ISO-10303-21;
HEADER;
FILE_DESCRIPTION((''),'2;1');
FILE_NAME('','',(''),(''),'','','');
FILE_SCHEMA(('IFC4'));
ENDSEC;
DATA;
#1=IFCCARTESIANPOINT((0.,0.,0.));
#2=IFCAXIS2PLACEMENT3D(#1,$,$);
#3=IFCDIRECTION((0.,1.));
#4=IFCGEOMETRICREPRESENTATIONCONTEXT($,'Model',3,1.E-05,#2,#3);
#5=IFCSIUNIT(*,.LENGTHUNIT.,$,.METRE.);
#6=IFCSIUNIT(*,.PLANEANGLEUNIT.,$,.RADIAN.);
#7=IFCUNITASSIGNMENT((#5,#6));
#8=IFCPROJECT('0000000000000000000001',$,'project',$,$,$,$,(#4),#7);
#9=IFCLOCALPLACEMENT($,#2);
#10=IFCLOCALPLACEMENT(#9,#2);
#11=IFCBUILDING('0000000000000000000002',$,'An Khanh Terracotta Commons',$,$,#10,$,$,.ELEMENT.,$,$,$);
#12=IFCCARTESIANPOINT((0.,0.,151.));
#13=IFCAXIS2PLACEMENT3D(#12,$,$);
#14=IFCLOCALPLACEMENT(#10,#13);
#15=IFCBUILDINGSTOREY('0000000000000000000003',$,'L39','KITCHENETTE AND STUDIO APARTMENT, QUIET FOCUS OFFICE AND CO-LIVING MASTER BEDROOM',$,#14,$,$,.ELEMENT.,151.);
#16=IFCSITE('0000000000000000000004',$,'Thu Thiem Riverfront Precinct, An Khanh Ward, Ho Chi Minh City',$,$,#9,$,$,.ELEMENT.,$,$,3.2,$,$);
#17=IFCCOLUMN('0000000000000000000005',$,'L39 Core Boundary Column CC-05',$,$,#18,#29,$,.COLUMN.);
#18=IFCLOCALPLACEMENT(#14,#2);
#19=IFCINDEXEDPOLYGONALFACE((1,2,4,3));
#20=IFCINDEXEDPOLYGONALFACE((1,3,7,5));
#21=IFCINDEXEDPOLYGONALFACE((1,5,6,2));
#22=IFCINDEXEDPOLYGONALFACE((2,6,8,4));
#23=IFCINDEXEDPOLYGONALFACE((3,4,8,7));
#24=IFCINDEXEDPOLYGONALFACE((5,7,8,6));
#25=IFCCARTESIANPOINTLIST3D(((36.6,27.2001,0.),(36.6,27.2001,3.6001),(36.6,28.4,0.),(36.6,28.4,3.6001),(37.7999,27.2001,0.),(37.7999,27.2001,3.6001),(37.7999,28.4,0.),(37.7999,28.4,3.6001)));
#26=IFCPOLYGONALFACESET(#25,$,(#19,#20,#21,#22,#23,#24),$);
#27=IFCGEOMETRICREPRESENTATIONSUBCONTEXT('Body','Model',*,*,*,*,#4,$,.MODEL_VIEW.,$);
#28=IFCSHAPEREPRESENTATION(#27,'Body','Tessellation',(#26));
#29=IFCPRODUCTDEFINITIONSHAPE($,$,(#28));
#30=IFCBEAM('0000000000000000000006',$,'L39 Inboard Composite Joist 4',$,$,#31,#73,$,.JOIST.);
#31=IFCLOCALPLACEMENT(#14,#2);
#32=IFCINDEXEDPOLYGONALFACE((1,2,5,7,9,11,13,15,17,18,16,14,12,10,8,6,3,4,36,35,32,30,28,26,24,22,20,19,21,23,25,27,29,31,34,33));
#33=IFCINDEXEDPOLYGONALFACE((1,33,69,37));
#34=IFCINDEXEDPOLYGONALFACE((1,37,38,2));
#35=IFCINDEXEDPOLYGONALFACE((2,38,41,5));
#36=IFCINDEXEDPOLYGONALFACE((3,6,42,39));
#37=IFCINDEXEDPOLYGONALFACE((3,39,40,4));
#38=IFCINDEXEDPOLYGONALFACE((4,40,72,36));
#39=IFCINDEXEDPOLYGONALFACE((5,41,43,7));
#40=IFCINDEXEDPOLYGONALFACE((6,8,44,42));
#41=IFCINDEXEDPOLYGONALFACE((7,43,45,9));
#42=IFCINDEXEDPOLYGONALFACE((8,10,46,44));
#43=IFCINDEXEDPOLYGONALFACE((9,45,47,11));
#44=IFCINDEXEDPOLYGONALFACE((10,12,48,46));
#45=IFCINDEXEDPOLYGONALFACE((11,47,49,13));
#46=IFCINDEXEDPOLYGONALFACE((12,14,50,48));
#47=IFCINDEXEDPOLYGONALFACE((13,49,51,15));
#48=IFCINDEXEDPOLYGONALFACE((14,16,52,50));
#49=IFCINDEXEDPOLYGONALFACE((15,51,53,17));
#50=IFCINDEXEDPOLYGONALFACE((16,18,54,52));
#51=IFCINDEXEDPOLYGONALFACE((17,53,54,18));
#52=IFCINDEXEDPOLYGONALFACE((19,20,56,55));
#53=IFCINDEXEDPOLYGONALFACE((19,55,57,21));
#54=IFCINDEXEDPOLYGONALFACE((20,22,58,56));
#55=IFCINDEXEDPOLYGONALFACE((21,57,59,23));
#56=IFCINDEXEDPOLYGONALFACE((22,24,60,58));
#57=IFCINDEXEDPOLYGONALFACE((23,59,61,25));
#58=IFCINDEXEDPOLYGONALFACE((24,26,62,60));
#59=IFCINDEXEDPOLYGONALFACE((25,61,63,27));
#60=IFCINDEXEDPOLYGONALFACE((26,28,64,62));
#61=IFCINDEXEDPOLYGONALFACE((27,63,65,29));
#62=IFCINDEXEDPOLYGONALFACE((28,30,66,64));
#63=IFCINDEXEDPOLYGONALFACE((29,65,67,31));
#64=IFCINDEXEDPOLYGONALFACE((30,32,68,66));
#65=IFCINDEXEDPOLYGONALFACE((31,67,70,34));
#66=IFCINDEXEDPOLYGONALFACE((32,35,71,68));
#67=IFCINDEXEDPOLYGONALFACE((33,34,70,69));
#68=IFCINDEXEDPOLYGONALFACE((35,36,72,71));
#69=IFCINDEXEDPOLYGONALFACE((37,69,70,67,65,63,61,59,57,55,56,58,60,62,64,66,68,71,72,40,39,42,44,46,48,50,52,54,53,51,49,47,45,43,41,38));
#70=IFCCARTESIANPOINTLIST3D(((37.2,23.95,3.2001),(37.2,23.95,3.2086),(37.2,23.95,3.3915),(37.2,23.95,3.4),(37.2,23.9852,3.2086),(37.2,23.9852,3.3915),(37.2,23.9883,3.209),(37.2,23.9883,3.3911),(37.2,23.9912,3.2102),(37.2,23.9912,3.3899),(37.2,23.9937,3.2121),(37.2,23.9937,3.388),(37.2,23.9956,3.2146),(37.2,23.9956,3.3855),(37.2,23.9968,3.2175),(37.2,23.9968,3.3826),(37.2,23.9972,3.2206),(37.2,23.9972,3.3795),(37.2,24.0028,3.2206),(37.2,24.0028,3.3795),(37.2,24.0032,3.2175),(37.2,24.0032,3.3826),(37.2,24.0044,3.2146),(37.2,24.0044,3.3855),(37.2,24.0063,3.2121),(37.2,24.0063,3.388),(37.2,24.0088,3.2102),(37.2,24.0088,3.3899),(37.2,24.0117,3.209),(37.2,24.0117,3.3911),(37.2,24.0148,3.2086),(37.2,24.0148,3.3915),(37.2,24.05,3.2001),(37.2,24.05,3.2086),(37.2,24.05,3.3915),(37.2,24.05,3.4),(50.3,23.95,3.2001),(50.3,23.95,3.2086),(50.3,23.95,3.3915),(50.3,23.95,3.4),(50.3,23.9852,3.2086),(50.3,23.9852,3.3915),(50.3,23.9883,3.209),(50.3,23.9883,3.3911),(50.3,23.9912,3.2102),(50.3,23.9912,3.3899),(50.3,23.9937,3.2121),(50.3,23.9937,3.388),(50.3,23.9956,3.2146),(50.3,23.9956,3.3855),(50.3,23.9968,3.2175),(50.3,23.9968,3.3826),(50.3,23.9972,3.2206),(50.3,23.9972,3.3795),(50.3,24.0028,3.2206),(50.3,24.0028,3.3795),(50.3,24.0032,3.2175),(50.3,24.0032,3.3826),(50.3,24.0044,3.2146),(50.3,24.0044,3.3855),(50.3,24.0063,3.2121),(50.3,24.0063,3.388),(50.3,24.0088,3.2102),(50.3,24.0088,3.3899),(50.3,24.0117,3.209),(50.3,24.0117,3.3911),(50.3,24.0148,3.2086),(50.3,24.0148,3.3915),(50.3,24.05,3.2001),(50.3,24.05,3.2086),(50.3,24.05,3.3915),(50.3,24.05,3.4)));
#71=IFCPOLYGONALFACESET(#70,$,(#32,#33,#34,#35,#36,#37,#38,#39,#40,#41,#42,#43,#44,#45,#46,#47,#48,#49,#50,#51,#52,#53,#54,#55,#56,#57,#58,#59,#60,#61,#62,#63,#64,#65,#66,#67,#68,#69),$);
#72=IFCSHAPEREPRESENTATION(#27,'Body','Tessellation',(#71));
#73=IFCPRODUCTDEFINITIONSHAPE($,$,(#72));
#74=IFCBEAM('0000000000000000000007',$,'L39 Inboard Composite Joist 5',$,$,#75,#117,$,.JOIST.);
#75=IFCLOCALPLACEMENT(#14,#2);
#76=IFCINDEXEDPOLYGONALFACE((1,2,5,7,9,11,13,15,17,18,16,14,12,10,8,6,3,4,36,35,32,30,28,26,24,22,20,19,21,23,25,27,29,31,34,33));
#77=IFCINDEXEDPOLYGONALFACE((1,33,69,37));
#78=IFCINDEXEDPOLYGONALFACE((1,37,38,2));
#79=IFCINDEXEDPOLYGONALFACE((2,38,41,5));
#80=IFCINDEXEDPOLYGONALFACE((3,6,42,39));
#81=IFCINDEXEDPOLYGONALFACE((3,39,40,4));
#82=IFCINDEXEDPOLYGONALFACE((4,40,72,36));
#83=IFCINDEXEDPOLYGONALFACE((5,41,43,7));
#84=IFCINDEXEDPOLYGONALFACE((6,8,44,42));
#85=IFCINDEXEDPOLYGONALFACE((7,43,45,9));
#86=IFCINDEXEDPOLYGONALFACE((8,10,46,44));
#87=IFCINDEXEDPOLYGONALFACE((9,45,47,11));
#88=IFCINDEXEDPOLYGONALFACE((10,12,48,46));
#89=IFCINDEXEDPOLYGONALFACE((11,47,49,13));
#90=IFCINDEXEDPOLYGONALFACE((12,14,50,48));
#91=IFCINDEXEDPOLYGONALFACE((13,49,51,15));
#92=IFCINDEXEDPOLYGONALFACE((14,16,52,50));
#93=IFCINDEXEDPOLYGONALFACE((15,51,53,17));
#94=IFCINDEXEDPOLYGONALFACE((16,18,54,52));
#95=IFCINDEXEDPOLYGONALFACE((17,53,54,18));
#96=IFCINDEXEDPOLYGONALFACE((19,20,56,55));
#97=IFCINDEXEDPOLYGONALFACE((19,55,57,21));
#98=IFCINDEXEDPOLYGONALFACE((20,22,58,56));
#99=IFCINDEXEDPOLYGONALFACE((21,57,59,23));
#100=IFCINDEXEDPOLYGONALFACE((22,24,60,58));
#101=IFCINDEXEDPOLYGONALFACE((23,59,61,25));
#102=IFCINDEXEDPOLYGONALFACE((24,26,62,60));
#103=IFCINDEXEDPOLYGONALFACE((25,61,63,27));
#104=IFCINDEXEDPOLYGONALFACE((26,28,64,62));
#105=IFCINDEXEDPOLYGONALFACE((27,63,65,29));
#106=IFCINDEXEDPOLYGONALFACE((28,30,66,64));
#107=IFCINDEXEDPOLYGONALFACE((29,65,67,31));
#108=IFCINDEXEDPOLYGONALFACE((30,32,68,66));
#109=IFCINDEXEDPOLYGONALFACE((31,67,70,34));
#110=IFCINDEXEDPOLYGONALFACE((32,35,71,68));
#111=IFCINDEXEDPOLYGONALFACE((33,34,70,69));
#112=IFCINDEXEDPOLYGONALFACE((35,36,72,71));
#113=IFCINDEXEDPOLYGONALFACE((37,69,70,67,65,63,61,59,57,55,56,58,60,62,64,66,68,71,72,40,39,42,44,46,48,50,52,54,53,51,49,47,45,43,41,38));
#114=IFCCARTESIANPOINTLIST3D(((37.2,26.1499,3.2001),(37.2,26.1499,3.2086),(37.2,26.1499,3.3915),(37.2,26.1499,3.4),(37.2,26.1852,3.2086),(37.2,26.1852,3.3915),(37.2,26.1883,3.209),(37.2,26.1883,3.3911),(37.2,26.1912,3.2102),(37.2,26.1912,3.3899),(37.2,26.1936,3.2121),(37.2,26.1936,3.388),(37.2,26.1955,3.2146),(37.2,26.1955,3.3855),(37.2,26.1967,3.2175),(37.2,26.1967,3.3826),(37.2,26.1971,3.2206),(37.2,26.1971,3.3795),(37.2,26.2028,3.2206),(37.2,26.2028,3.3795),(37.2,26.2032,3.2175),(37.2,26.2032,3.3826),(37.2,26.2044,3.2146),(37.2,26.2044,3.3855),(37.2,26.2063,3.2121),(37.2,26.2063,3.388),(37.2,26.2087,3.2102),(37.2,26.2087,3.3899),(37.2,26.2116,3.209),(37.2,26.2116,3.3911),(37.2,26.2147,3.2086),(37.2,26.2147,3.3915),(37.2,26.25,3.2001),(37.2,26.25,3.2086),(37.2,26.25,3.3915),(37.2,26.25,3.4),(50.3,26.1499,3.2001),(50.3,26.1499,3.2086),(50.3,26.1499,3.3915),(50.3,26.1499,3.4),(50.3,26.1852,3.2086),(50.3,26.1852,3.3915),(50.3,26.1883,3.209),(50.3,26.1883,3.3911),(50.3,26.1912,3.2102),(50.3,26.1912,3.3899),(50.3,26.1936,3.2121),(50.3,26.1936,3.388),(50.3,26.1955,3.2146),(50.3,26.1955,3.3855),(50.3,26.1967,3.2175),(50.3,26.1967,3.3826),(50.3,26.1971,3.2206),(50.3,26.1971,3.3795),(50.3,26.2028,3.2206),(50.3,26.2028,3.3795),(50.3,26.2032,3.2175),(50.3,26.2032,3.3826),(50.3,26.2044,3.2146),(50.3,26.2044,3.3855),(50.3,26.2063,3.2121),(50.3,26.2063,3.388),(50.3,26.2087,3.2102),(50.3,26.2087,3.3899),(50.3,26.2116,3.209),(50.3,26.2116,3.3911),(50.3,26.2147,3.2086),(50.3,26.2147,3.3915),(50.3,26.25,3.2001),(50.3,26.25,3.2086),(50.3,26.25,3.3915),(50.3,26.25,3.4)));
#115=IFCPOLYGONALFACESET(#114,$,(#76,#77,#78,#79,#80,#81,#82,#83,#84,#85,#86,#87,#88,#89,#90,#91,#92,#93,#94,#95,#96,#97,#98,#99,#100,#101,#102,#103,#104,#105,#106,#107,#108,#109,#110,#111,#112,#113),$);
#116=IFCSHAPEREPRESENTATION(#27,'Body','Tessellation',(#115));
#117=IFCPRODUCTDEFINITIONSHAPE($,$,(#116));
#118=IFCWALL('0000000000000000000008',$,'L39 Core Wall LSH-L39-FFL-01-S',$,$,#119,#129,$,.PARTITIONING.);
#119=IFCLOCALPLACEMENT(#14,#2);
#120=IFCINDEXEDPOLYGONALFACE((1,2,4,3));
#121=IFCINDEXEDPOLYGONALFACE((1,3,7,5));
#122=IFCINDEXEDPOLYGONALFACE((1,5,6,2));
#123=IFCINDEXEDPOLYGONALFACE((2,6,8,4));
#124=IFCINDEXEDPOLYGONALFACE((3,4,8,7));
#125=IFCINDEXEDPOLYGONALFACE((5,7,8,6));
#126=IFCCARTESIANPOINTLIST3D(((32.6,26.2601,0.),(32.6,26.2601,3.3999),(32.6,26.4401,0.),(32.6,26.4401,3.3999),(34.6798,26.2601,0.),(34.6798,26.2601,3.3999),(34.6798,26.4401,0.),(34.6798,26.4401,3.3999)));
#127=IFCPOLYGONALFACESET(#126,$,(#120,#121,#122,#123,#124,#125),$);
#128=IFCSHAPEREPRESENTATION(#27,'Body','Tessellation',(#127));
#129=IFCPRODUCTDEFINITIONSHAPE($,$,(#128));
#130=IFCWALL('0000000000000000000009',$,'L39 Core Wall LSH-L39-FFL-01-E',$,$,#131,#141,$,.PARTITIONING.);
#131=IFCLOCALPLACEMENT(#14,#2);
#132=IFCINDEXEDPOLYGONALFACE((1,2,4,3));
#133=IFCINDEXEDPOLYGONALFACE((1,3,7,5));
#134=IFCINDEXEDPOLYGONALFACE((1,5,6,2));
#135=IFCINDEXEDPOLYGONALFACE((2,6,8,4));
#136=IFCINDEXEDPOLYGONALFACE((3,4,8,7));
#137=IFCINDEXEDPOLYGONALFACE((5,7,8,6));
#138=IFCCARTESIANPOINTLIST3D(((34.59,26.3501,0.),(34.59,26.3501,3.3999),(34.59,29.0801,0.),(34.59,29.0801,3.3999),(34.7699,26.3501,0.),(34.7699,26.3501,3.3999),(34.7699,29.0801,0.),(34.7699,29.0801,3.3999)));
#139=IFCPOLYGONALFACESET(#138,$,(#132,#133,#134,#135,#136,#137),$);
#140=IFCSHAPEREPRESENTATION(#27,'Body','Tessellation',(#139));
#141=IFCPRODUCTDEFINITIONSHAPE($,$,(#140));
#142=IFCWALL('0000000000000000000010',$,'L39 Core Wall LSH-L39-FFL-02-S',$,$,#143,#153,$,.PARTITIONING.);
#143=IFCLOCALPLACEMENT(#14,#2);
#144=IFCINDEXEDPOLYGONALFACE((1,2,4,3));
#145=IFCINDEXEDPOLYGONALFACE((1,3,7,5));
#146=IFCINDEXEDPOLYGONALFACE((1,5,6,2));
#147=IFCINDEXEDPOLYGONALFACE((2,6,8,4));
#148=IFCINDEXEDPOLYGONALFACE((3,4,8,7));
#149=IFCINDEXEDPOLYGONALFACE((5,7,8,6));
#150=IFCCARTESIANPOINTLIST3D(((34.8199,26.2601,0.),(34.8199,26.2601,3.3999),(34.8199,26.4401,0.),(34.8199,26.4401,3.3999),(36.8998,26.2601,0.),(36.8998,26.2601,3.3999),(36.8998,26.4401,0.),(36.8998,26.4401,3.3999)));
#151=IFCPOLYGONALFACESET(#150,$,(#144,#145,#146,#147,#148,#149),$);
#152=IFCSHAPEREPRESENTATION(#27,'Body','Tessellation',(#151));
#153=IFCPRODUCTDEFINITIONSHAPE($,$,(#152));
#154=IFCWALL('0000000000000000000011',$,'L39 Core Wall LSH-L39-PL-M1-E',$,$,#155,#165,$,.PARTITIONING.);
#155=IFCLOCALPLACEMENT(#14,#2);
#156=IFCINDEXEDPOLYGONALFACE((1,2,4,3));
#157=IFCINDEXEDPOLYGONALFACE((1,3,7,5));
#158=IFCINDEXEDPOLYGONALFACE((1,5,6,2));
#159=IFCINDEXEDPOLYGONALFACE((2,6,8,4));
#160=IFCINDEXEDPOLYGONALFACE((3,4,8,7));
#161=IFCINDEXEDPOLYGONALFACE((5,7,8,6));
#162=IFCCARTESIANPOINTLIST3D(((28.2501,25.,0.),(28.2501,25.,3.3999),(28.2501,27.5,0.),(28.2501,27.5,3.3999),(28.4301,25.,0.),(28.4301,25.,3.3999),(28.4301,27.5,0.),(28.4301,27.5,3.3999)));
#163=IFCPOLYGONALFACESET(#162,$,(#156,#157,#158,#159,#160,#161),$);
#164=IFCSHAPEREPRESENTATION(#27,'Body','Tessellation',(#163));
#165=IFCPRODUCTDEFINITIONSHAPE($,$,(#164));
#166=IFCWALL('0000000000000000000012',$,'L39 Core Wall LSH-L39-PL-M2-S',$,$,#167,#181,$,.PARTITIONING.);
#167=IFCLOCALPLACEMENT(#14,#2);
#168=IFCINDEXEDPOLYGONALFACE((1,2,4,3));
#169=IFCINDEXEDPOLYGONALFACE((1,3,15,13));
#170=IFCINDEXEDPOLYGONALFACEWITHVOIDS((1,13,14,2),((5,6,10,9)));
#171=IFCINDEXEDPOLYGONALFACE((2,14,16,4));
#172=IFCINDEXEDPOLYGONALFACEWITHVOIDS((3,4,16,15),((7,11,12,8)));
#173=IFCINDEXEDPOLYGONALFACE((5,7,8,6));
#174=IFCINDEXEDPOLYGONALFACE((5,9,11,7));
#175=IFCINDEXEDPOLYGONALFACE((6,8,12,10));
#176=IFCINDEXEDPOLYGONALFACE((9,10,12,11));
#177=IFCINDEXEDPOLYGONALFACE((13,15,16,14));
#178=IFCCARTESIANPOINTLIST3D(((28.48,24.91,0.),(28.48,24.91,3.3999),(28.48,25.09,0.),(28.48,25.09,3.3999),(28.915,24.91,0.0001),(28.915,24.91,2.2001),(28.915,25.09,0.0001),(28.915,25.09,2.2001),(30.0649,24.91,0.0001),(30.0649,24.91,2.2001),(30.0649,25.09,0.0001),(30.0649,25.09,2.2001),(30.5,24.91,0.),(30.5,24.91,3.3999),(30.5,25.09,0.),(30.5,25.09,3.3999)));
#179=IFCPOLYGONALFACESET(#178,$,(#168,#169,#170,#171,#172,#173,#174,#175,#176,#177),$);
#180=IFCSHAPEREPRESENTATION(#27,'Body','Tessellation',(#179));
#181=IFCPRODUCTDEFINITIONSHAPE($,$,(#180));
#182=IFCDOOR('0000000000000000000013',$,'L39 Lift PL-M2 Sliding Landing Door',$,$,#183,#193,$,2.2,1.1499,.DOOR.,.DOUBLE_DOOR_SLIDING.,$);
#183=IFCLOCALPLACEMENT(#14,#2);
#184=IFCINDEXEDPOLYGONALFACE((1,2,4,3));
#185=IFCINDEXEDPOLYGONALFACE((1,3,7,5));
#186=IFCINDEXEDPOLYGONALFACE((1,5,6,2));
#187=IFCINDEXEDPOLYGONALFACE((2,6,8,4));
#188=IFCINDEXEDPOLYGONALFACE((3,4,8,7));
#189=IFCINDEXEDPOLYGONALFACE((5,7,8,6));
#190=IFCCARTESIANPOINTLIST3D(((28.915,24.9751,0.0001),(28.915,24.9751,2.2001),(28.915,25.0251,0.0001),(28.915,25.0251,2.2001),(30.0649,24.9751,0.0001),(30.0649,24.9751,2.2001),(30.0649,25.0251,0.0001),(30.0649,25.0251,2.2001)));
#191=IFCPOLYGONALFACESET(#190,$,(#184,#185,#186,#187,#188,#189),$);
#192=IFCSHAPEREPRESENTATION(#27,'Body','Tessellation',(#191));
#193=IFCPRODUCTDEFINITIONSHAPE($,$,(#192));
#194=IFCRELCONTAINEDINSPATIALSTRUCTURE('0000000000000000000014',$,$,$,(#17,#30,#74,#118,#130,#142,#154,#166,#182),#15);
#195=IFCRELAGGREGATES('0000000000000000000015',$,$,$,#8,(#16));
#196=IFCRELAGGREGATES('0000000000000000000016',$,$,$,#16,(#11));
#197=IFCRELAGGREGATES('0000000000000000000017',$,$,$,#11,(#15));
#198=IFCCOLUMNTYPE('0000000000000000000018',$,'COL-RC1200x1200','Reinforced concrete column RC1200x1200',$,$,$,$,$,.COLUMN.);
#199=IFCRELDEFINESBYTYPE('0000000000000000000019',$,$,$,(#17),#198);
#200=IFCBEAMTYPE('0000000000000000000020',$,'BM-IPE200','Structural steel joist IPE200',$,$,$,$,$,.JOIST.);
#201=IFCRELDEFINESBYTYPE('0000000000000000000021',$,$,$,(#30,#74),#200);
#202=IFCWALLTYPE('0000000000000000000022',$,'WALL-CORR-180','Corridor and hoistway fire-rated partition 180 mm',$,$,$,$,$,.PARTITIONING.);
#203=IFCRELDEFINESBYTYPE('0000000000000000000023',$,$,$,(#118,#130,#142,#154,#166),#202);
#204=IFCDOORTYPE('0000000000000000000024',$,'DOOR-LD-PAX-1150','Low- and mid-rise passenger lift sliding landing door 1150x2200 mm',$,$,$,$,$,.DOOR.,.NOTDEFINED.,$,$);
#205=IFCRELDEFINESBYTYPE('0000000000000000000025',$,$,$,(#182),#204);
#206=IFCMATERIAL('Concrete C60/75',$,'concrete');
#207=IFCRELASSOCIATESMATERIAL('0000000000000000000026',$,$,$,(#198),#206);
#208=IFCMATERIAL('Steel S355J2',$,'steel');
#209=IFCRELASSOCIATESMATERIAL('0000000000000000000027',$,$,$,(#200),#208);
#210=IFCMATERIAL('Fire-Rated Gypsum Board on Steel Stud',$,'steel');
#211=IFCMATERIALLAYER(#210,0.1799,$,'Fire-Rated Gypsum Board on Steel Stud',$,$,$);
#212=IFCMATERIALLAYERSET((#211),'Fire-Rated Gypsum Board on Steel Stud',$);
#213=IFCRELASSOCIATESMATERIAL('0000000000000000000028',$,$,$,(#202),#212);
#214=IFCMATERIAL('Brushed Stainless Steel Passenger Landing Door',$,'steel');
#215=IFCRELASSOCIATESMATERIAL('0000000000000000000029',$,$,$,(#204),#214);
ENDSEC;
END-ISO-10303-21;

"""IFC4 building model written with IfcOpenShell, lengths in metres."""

from ifc_helpers import new_model, si_unit, direction, frame, frame_2d, origin, origin_2d, place, context, subcontext, project, spatial, rectangle, i_section, extrude, material, layer, layer_set, material_profile, profile_set, type_object, element, fill, save


model = new_model("IFC4")

# Units and contexts
model_context = context("Model", 3, precision=1e-05, world=origin(), true_north=direction((0.0, 1.0)))
body_context = subcontext(model_context, "Body", "Model", "MODEL_VIEW")
ifc_project = project(units=[si_unit("LENGTHUNIT", "METRE"), si_unit("PLANEANGLEUNIT", "RADIAN")], contexts=[model_context])

# Site, building, storey
site_placement = place(None, origin())
site = spatial("IfcSite", under=ifc_project, at=site_placement, Name="Thu Thiem Riverfront Precinct, An Khanh Ward, Ho Chi Minh City", CompositionType="ELEMENT", RefElevation=3.2)
building_placement = place(site_placement, origin())
building = spatial("IfcBuilding", under=site, at=building_placement, Name="An Khanh Terracotta Commons", CompositionType="ELEMENT")
storey_placement = place(building_placement, frame((0.0, 0.0, 151.0)))
storey = spatial("IfcBuildingStorey", under=building, at=storey_placement, Name="L39", Description="KITCHENETTE AND STUDIO APARTMENT, QUIET FOCUS OFFICE AND CO-LIVING MASTER BEDROOM", CompositionType="ELEMENT", Elevation=151.0)

# Column
ifc_material_1 = material(Name="Concrete C60/75", Category="concrete")
ifc_material_profile_1 = material_profile(ifc_material_1, rectangle(XDim=1.2, YDim=1.2, at=origin_2d()), Name="RC1200x1200")
ifc_profile_set_1 = profile_set([ifc_material_profile_1], Name="Concrete C60/75")
column_type = type_object("IfcColumnType", Name="COL-RC1200x1200", Description="Reinforced concrete column RC1200x1200", PredefinedType="COLUMN", material=ifc_profile_set_1)
column_placement = place(storey_placement, frame((37.2, 27.8, 0.0), z_axis=(0.0, 0.0, 1.0), x_axis=(1.0, 0.0, 0.0)))
element("IfcColumn", 1, at=column_placement, inside=storey, type_object=column_type, Name="L39 Core Boundary Column CC-05", PredefinedType="COLUMN", context=body_context, shape_type="SweptSolid", body=[
    extrude(rectangle(XDim=1.2, YDim=1.2, at=origin_2d()), origin(), (0.0, 0.0, 1.0), 3.6001),
])

# Beams
ifc_material_2 = material(Name="Steel S355J2", Category="steel")
ifc_material_profile_2 = material_profile(ifc_material_2, i_section(OverallWidth=0.1001, OverallDepth=0.2, WebThickness=0.0056, FlangeThickness=0.0085, FilletRadius=0.012, at=origin_2d()), Name="IPE200")
ifc_profile_set_2 = profile_set([ifc_material_profile_2], Name="Steel S355J2")
beam_type = type_object("IfcBeamType", Name="BM-IPE200", Description="Structural steel joist IPE200", PredefinedType="JOIST", material=ifc_profile_set_2)
for number, where, z_axis, x_axis, name in (
    (2, (37.2, 24.0, 3.3), (1.0, 0.0, 0.0), (0.0, 1.0, 0.0), "L39 Inboard Composite Joist 4"),
    (3, (37.2, 26.2, 3.3), (1.0, 0.0, 0.0), (0.0, 1.0, 0.0), "L39 Inboard Composite Joist 5"),
):
    element("IfcBeam", number, at=place(storey_placement, frame(where, z_axis=z_axis, x_axis=x_axis)), inside=storey, type_object=beam_type, Name=name, PredefinedType="JOIST", context=body_context, shape_type="SweptSolid", body=[
        extrude(i_section(OverallWidth=0.1001, OverallDepth=0.2, WebThickness=0.0056, FlangeThickness=0.0085, FilletRadius=0.012, at=origin_2d()), origin(), (0.0, 0.0, 1.0), 13.1001),
    ])

# Walls
ifc_material_3 = material(Name="Fire-Rated Gypsum Board on Steel Stud", Category="steel")
ifc_layer = layer(ifc_material_3, 0.1799, Name="Fire-Rated Gypsum Board on Steel Stud")
ifc_layer_set = layer_set([ifc_layer], Name="Fire-Rated Gypsum Board on Steel Stud")
wall_type = type_object("IfcWallType", Name="WALL-CORR-180", Description="Corridor and hoistway fire-rated partition 180 mm", PredefinedType="PARTITIONING", material=ifc_layer_set)
wall_1_placement = place(storey_placement, frame((34.6799, 26.3501, 0.0), z_axis=(0.0, 0.0, 1.0), x_axis=(-1.0, 0.0, 0.0)))
element("IfcWall", 4, at=wall_1_placement, inside=storey, type_object=wall_type, Name="L39 Core Wall LSH-L39-FFL-01-S", PredefinedType="PARTITIONING", context=body_context, shape_type="SweptSolid", body=[
    extrude(rectangle(XDim=2.0798, YDim=0.1799, at=frame_2d((1.04, 0.0))), origin(), (0.0, 0.0, 1.0), 3.3999),
])
wall_2_placement = place(storey_placement, frame((34.6799, 26.3501, 0.0), z_axis=(0.0, 0.0, 1.0), x_axis=(0.0, 1.0, 0.0)))
element("IfcWall", 5, at=wall_2_placement, inside=storey, type_object=wall_type, Name="L39 Core Wall LSH-L39-FFL-01-E", PredefinedType="PARTITIONING", context=body_context, shape_type="SweptSolid", body=[
    extrude(rectangle(XDim=2.73, YDim=0.1799, at=frame_2d((1.365, 0.0))), origin(), (0.0, 0.0, 1.0), 3.3999),
])
wall_3_placement = place(storey_placement, frame((36.8999, 26.3501, 0.0), z_axis=(0.0, 0.0, 1.0), x_axis=(-1.0, 0.0, 0.0)))
element("IfcWall", 6, at=wall_3_placement, inside=storey, type_object=wall_type, Name="L39 Core Wall LSH-L39-FFL-02-S", PredefinedType="PARTITIONING", context=body_context, shape_type="SweptSolid", body=[
    extrude(rectangle(XDim=2.0798, YDim=0.1799, at=frame_2d((1.04, 0.0))), origin(), (0.0, 0.0, 1.0), 3.3999),
])
wall_4_placement = place(storey_placement, frame((28.3401, 25.0, 0.0), z_axis=(0.0, 0.0, 1.0), x_axis=(0.0, 1.0, 0.0)))
element("IfcWall", 7, at=wall_4_placement, inside=storey, type_object=wall_type, Name="L39 Core Wall LSH-L39-PL-M1-E", PredefinedType="PARTITIONING", context=body_context, shape_type="SweptSolid", body=[
    extrude(rectangle(XDim=2.5, YDim=0.1799, at=frame_2d((1.25, 0.0))), origin(), (0.0, 0.0, 1.0), 3.3999),
])

# Wall, opening, door
wall_5_placement = place(storey_placement, frame((30.5, 25.0, 0.0), z_axis=(0.0, 0.0, 1.0), x_axis=(-1.0, 0.0, 0.0)))
wall_5 = element("IfcWall", 8, at=wall_5_placement, inside=storey, type_object=wall_type, Name="L39 Core Wall LSH-L39-PL-M2-S", PredefinedType="PARTITIONING", context=body_context, shape_type="SweptSolid", body=[
    extrude(rectangle(XDim=2.02, YDim=0.1799, at=frame_2d((1.01, 0.0))), origin(), (0.0, 0.0, 1.0), 3.3999),
])
opening_1_placement = place(wall_5_placement, frame((0.4351, 0.0, 0.0)))
opening_1 = element("IfcOpeningElement", 9, at=opening_1_placement, cuts=wall_5, PredefinedType="OPENING", context=body_context, shape_type="SweptSolid", body=[
    extrude(rectangle(XDim=1.1499, YDim=2.2, at=frame_2d((0.575, 1.1001))), frame((0.0, 0.0999, 0.0), z_axis=(0.0, -1.0, 0.0), x_axis=(1.0, 0.0, 0.0)), (0.0, 0.0, 1.0), 0.2),
])
ifc_material_4 = material(Name="Brushed Stainless Steel Passenger Landing Door", Category="steel")
door_type_1 = type_object("IfcDoorType", Name="DOOR-LD-PAX-1150", Description="Low- and mid-rise passenger lift sliding landing door 1150x2200 mm", OperationType="NOTDEFINED", PredefinedType="DOOR", material=ifc_material_4)
door_1_placement = place(opening_1_placement, origin())
door_1 = element("IfcDoor", 10, at=door_1_placement, inside=storey, type_object=door_type_1, Name="L39 Lift PL-M2 Sliding Landing Door", OperationType="DOUBLE_DOOR_SLIDING", OverallHeight=2.2, OverallWidth=1.1499, PredefinedType="DOOR", context=body_context, shape_type="SweptSolid", body=[
    extrude(rectangle(XDim=1.1499, YDim=2.2, at=frame_2d((0.575, 1.1001))), frame((0.0, 0.0249, 0.0), z_axis=(0.0, -1.0, 0.0), x_axis=(1.0, 0.0, 0.0)), (0.0, 0.0, 1.0), 0.05),
])
fill(opening_1, door_1)

save(model, "model.ifc")
